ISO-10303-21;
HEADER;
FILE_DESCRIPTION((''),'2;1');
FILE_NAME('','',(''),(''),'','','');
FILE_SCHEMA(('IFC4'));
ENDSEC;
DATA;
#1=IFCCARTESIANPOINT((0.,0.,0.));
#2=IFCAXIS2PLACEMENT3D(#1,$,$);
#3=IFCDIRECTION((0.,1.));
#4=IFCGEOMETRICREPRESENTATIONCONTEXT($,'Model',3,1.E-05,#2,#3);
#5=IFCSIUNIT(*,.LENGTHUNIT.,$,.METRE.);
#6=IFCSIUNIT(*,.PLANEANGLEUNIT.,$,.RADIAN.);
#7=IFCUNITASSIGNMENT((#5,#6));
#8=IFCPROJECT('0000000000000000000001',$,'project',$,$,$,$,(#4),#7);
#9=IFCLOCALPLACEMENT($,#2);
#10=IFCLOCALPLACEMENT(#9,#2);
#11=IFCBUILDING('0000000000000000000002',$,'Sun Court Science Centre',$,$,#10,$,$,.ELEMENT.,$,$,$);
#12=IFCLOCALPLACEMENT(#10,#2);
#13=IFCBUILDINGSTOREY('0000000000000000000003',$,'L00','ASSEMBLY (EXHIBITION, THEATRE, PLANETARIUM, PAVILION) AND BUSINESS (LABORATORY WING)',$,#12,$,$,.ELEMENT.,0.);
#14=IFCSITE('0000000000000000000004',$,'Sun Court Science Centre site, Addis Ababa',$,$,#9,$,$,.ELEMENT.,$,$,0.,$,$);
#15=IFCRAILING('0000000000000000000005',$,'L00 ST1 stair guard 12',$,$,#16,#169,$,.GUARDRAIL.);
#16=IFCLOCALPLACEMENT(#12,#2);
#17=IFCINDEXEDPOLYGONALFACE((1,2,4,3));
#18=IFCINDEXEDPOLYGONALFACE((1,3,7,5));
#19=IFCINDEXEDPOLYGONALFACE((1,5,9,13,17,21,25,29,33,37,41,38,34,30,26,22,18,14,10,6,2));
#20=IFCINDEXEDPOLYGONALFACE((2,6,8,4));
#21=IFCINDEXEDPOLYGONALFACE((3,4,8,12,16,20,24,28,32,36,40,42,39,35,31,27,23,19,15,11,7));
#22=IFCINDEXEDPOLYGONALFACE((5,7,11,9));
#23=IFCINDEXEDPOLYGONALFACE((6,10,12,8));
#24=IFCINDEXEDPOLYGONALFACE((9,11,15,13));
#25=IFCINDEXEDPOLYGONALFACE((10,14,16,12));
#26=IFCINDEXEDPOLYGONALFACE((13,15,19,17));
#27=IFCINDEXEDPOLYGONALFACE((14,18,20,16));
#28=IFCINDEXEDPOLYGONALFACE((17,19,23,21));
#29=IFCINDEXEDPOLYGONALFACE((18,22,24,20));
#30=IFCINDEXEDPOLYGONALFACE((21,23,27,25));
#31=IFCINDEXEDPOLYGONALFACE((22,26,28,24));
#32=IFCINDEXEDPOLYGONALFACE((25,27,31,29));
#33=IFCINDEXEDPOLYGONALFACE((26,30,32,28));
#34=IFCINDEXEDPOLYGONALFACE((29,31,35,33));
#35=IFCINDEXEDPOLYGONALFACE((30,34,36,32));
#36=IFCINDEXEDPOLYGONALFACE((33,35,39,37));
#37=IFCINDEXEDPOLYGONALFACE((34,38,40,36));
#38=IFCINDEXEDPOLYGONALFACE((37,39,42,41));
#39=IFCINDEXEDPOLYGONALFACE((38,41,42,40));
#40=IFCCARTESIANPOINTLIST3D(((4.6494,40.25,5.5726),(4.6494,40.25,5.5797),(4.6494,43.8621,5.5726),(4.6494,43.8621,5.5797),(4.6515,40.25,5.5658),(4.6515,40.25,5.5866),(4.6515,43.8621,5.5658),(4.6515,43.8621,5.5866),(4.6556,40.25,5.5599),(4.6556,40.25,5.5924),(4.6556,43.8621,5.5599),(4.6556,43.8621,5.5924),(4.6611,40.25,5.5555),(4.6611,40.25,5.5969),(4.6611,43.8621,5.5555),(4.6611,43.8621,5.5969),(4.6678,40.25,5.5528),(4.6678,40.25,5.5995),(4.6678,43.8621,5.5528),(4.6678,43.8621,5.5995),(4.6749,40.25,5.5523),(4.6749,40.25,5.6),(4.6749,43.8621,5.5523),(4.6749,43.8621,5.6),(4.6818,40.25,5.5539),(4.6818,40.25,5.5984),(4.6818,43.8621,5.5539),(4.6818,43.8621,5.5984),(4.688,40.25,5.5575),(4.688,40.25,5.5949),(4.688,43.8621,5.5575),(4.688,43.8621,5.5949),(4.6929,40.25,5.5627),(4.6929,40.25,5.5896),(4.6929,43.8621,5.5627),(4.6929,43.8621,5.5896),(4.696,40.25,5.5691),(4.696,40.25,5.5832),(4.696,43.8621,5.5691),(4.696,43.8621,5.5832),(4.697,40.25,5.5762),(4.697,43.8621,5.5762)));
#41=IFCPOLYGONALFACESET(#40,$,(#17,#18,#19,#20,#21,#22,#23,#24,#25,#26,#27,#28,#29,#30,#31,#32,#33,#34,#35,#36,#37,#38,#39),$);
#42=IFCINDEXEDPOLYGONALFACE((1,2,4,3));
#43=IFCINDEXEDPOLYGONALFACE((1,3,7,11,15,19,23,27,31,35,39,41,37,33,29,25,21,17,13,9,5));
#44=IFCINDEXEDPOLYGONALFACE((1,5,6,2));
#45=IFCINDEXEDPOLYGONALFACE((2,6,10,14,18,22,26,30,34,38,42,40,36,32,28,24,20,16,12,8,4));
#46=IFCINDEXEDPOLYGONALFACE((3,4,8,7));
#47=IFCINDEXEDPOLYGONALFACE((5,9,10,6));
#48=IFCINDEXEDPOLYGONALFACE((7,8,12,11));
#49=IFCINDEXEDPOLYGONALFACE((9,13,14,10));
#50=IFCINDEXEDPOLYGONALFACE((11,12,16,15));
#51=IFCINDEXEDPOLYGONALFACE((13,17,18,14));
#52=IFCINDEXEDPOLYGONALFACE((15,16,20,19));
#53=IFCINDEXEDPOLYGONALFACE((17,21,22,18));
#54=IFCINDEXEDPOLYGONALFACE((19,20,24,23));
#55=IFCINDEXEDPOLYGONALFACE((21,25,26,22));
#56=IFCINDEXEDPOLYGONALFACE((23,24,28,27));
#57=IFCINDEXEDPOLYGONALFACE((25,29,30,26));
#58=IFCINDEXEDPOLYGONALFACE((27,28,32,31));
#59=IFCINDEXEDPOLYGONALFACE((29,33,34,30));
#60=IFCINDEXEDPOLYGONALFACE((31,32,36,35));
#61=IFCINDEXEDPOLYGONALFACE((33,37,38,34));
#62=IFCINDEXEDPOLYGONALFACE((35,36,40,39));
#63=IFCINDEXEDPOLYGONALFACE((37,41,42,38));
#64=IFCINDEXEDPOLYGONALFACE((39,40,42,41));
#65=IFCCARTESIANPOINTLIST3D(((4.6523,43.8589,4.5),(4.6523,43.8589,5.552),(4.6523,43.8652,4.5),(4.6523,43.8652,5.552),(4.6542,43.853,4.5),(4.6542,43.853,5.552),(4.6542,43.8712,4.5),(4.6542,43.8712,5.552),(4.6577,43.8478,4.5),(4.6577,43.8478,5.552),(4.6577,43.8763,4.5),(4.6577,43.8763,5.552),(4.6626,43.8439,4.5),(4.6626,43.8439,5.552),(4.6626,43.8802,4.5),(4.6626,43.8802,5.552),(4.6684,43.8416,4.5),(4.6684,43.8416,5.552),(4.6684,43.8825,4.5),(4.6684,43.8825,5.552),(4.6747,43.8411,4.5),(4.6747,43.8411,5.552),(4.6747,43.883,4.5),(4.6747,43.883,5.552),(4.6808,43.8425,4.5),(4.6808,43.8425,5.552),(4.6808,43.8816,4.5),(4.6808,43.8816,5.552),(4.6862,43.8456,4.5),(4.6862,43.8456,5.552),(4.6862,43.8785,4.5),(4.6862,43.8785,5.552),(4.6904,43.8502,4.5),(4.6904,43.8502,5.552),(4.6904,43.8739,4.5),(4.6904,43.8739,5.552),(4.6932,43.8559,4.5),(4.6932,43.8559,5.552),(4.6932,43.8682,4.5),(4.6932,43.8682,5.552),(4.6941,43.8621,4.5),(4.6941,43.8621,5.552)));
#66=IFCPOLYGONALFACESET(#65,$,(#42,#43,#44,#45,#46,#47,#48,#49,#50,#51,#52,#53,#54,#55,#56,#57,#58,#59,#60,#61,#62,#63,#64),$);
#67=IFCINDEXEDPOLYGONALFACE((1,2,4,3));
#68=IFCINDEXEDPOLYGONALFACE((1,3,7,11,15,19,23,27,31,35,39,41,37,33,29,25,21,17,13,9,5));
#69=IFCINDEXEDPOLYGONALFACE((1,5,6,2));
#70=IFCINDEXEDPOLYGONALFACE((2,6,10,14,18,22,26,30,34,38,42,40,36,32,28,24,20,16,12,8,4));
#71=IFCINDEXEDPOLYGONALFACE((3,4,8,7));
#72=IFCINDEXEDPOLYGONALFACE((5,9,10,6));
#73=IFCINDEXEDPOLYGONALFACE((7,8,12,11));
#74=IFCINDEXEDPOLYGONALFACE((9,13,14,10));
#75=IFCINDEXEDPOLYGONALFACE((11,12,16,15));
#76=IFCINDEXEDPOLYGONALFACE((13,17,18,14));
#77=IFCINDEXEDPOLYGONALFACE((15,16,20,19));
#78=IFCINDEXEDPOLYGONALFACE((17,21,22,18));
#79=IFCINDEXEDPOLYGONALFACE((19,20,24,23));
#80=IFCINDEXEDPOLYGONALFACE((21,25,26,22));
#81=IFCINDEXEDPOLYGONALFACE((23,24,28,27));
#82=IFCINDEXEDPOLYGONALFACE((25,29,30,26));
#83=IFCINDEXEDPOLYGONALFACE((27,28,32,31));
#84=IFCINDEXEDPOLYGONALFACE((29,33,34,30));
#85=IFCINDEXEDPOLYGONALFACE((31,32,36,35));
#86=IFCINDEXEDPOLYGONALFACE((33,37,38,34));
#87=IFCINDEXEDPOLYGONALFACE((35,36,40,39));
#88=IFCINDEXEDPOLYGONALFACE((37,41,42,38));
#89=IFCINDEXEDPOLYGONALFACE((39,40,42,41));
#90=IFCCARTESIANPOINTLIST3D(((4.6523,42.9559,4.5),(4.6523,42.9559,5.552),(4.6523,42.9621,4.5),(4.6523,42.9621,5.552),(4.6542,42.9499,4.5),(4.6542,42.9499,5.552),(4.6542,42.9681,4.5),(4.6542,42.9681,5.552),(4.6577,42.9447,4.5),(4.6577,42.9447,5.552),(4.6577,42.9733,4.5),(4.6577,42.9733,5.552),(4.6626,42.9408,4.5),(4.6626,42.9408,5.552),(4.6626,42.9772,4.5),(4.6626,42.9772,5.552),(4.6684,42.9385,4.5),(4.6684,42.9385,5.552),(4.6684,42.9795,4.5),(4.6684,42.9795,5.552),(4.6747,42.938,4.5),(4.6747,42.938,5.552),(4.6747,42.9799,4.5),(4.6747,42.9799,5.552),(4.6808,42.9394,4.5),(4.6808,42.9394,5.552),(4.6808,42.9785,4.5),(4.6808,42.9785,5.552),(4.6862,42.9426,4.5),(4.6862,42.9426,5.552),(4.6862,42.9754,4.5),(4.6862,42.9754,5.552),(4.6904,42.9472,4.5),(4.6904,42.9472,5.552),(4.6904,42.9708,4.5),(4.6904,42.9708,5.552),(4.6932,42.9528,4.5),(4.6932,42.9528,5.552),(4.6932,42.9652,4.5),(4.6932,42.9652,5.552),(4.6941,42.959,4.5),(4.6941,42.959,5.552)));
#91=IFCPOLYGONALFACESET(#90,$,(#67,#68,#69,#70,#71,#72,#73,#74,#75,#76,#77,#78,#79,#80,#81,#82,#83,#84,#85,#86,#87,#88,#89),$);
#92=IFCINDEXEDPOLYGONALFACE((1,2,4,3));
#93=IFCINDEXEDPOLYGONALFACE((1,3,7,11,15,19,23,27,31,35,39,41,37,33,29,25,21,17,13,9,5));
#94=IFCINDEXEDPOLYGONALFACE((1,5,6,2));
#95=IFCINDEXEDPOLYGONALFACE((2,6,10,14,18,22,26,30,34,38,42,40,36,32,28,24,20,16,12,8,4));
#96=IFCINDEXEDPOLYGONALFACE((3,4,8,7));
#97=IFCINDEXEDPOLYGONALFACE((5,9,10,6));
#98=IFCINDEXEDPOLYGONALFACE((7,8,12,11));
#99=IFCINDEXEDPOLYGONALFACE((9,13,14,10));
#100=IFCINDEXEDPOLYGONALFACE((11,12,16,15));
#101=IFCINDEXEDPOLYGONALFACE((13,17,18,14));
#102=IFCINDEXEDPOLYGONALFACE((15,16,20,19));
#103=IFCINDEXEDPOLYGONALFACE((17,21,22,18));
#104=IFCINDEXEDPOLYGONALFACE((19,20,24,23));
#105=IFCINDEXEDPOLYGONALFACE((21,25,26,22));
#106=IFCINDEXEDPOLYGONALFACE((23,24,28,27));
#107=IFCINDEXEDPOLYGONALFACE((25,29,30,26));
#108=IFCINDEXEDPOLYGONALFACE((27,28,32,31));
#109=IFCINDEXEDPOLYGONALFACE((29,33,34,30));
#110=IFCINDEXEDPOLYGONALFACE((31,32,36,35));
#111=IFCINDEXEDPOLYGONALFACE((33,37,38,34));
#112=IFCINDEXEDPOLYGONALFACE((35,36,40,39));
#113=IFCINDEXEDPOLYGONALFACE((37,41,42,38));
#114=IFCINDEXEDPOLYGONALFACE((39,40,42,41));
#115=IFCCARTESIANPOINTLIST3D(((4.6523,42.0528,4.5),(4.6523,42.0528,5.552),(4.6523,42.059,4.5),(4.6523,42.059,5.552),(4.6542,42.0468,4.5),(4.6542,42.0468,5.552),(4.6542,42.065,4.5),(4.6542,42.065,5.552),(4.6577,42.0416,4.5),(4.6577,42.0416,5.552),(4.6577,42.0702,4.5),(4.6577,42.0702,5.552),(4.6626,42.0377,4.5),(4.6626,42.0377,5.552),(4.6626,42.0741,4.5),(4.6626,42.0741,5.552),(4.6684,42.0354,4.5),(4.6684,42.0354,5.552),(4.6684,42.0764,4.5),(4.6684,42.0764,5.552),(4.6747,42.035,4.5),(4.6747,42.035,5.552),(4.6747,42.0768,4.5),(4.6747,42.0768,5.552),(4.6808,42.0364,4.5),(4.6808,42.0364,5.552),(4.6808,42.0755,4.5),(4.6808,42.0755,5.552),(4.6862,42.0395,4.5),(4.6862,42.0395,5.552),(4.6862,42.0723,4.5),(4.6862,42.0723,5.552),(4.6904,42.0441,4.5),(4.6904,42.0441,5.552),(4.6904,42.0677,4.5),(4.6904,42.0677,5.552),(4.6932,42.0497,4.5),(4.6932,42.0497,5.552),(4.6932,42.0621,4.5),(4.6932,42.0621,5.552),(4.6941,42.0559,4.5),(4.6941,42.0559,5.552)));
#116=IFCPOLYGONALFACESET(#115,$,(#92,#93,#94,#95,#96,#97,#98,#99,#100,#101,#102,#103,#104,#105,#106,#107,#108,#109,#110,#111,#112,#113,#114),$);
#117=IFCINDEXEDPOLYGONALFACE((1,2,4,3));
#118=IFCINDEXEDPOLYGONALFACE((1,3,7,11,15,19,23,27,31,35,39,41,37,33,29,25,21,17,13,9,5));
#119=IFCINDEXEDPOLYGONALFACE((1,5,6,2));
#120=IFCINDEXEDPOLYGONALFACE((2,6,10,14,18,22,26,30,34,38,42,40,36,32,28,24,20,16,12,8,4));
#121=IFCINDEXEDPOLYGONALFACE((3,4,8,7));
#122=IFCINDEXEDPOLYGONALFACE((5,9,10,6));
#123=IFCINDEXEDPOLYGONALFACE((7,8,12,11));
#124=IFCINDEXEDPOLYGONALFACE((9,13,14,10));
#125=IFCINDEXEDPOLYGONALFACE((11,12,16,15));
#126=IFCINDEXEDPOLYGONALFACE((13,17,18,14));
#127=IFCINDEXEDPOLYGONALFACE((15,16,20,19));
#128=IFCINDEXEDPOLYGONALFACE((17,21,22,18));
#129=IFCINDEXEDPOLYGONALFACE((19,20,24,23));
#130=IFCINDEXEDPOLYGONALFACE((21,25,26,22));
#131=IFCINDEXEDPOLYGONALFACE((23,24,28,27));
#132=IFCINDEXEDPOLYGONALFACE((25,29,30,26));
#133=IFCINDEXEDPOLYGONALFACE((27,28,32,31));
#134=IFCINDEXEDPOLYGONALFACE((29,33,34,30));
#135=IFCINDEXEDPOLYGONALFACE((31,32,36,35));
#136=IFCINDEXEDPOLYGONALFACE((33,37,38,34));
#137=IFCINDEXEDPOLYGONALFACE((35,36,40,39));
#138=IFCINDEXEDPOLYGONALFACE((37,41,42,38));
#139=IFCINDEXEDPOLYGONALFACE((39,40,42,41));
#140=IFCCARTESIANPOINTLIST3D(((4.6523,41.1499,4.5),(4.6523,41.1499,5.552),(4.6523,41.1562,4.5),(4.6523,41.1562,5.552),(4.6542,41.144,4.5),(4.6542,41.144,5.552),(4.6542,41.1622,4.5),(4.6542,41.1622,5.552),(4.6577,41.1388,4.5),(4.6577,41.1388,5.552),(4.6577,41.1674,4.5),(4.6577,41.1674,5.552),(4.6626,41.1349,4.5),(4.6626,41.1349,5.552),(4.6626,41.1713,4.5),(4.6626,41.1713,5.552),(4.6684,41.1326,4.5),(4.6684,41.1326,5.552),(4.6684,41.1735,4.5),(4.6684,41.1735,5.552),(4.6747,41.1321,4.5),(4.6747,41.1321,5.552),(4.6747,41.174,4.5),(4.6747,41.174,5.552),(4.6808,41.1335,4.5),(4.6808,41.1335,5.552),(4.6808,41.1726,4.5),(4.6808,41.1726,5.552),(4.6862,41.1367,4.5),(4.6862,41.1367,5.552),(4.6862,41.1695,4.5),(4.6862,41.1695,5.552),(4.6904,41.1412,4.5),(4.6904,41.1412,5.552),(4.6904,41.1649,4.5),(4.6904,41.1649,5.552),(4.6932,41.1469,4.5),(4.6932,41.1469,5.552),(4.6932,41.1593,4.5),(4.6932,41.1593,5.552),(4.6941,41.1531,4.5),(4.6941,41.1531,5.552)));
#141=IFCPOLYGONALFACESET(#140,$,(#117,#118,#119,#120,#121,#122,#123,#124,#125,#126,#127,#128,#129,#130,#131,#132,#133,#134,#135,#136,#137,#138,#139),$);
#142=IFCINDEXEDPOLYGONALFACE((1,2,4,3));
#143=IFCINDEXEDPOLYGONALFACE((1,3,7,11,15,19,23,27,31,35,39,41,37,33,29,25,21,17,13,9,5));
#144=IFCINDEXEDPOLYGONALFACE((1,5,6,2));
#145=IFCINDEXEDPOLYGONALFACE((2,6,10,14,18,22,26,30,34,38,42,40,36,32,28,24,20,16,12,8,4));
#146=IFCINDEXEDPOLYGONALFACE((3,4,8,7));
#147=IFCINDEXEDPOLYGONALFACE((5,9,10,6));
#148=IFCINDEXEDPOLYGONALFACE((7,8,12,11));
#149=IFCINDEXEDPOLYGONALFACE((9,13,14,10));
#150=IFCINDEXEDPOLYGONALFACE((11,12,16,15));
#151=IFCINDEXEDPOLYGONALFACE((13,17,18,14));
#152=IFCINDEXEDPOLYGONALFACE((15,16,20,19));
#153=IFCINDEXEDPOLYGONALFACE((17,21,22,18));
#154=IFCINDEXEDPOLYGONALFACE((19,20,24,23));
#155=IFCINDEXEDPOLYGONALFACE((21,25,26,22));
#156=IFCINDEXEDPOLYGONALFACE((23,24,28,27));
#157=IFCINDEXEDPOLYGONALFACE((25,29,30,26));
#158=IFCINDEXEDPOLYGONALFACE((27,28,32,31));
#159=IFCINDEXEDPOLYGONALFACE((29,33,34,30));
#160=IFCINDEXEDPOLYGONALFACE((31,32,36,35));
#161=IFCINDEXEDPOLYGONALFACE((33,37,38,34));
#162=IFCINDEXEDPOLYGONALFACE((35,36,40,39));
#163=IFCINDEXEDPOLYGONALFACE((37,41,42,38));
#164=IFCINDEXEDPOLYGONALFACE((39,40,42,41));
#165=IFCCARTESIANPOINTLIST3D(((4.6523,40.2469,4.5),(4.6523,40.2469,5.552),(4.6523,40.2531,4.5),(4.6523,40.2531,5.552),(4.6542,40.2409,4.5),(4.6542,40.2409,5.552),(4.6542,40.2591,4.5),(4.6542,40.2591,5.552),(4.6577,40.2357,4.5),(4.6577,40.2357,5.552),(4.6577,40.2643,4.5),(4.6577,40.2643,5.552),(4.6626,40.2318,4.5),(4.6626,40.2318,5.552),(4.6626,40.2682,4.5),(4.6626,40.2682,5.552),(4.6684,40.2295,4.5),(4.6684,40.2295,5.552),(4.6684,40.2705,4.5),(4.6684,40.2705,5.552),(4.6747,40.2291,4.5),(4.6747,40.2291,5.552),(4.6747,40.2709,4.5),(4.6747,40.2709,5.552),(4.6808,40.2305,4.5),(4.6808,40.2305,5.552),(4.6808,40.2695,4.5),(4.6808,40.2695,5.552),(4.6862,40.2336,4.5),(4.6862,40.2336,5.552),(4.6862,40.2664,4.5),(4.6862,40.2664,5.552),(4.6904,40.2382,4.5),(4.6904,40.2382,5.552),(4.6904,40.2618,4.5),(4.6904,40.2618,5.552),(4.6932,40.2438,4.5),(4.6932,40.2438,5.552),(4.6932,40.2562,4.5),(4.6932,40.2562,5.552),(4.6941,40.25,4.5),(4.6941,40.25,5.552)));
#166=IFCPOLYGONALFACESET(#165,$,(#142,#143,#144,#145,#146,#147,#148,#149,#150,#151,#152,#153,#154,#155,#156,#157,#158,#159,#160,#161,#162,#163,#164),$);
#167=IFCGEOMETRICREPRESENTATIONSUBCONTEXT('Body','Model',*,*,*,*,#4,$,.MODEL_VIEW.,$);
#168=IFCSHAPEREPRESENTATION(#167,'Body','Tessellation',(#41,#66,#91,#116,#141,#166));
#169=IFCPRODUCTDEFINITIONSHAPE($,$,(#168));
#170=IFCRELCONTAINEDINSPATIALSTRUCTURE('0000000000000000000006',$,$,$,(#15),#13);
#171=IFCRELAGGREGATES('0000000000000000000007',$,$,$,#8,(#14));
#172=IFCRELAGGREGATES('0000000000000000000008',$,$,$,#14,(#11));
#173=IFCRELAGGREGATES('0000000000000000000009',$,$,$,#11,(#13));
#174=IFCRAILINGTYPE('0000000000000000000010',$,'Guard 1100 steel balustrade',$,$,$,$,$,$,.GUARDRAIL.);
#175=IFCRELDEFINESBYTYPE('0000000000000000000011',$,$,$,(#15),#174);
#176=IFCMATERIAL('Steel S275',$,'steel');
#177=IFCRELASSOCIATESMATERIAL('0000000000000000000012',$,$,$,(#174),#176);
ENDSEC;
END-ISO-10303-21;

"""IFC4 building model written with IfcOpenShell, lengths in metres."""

from ifc_helpers import new_model, si_unit, direction, frame, origin, origin_2d, place, context, subcontext, project, spatial, circle, extrude, material, type_object, element, save


model = new_model("IFC4")

# Units and contexts
model_context = context("Model", 3, precision=1e-05, world=origin(), true_north=direction((0.0, 1.0)))
body_context = subcontext(model_context, "Body", "Model", "MODEL_VIEW")
ifc_project = project(units=[si_unit("LENGTHUNIT", "METRE"), si_unit("PLANEANGLEUNIT", "RADIAN")], contexts=[model_context])

# Site, building, storey
site_placement = place(None, origin())
site = spatial("IfcSite", under=ifc_project, at=site_placement, Name="Sun Court Science Centre site, Addis Ababa", CompositionType="ELEMENT", RefElevation=0.0)
building_placement = place(site_placement, origin())
building = spatial("IfcBuilding", under=site, at=building_placement, Name="Sun Court Science Centre", CompositionType="ELEMENT")
storey_placement = place(building_placement, origin())
storey = spatial("IfcBuildingStorey", under=building, at=storey_placement, Name="L00", Description="ASSEMBLY (EXHIBITION, THEATRE, PLANETARIUM, PAVILION) AND BUSINESS (LABORATORY WING)", CompositionType="ELEMENT", Elevation=0.0)

# Railing
ifc_material_1 = material(Name="Steel S275", Category="steel")
railing_type_1 = type_object("IfcRailingType", Name="Guard 1100 steel balustrade", PredefinedType="GUARDRAIL", material=ifc_material_1)
for number, where, name in (
    (1, (4.6731, 43.8621, 4.5), "L00 ST1 stair guard 12"),
):
    element("IfcRailing", number, at=place(storey_placement, frame(where)), inside=storey, type_object=railing_type_1, Name=name, PredefinedType="GUARDRAIL", context=body_context, shape_type="SweptSolid", body=[
        extrude(circle(Radius=0.0239, at=origin_2d()), frame((0.0, 0.0, 1.0762), z_axis=(0.0, -1.0, 0.0), x_axis=(1.0, 0.0, 0.0)), (0.0, 0.0, 1.0), 3.6121),
        extrude(circle(Radius=0.021, at=origin_2d()), origin(), (0.0, 0.0, 1.0), 1.052),
        extrude(circle(Radius=0.021, at=origin_2d()), frame((0.0, -0.9031, 0.0)), (0.0, 0.0, 1.0), 1.052),
        extrude(circle(Radius=0.021, at=origin_2d()), frame((0.0, -1.8062, 0.0)), (0.0, 0.0, 1.0), 1.052),
        extrude(circle(Radius=0.021, at=origin_2d()), frame((0.0, -2.709, 0.0)), (0.0, 0.0, 1.0), 1.052),
        extrude(circle(Radius=0.021, at=origin_2d()), frame((0.0, -3.6121, 0.0)), (0.0, 0.0, 1.0), 1.052),
    ])

save(model, "model.ifc")
